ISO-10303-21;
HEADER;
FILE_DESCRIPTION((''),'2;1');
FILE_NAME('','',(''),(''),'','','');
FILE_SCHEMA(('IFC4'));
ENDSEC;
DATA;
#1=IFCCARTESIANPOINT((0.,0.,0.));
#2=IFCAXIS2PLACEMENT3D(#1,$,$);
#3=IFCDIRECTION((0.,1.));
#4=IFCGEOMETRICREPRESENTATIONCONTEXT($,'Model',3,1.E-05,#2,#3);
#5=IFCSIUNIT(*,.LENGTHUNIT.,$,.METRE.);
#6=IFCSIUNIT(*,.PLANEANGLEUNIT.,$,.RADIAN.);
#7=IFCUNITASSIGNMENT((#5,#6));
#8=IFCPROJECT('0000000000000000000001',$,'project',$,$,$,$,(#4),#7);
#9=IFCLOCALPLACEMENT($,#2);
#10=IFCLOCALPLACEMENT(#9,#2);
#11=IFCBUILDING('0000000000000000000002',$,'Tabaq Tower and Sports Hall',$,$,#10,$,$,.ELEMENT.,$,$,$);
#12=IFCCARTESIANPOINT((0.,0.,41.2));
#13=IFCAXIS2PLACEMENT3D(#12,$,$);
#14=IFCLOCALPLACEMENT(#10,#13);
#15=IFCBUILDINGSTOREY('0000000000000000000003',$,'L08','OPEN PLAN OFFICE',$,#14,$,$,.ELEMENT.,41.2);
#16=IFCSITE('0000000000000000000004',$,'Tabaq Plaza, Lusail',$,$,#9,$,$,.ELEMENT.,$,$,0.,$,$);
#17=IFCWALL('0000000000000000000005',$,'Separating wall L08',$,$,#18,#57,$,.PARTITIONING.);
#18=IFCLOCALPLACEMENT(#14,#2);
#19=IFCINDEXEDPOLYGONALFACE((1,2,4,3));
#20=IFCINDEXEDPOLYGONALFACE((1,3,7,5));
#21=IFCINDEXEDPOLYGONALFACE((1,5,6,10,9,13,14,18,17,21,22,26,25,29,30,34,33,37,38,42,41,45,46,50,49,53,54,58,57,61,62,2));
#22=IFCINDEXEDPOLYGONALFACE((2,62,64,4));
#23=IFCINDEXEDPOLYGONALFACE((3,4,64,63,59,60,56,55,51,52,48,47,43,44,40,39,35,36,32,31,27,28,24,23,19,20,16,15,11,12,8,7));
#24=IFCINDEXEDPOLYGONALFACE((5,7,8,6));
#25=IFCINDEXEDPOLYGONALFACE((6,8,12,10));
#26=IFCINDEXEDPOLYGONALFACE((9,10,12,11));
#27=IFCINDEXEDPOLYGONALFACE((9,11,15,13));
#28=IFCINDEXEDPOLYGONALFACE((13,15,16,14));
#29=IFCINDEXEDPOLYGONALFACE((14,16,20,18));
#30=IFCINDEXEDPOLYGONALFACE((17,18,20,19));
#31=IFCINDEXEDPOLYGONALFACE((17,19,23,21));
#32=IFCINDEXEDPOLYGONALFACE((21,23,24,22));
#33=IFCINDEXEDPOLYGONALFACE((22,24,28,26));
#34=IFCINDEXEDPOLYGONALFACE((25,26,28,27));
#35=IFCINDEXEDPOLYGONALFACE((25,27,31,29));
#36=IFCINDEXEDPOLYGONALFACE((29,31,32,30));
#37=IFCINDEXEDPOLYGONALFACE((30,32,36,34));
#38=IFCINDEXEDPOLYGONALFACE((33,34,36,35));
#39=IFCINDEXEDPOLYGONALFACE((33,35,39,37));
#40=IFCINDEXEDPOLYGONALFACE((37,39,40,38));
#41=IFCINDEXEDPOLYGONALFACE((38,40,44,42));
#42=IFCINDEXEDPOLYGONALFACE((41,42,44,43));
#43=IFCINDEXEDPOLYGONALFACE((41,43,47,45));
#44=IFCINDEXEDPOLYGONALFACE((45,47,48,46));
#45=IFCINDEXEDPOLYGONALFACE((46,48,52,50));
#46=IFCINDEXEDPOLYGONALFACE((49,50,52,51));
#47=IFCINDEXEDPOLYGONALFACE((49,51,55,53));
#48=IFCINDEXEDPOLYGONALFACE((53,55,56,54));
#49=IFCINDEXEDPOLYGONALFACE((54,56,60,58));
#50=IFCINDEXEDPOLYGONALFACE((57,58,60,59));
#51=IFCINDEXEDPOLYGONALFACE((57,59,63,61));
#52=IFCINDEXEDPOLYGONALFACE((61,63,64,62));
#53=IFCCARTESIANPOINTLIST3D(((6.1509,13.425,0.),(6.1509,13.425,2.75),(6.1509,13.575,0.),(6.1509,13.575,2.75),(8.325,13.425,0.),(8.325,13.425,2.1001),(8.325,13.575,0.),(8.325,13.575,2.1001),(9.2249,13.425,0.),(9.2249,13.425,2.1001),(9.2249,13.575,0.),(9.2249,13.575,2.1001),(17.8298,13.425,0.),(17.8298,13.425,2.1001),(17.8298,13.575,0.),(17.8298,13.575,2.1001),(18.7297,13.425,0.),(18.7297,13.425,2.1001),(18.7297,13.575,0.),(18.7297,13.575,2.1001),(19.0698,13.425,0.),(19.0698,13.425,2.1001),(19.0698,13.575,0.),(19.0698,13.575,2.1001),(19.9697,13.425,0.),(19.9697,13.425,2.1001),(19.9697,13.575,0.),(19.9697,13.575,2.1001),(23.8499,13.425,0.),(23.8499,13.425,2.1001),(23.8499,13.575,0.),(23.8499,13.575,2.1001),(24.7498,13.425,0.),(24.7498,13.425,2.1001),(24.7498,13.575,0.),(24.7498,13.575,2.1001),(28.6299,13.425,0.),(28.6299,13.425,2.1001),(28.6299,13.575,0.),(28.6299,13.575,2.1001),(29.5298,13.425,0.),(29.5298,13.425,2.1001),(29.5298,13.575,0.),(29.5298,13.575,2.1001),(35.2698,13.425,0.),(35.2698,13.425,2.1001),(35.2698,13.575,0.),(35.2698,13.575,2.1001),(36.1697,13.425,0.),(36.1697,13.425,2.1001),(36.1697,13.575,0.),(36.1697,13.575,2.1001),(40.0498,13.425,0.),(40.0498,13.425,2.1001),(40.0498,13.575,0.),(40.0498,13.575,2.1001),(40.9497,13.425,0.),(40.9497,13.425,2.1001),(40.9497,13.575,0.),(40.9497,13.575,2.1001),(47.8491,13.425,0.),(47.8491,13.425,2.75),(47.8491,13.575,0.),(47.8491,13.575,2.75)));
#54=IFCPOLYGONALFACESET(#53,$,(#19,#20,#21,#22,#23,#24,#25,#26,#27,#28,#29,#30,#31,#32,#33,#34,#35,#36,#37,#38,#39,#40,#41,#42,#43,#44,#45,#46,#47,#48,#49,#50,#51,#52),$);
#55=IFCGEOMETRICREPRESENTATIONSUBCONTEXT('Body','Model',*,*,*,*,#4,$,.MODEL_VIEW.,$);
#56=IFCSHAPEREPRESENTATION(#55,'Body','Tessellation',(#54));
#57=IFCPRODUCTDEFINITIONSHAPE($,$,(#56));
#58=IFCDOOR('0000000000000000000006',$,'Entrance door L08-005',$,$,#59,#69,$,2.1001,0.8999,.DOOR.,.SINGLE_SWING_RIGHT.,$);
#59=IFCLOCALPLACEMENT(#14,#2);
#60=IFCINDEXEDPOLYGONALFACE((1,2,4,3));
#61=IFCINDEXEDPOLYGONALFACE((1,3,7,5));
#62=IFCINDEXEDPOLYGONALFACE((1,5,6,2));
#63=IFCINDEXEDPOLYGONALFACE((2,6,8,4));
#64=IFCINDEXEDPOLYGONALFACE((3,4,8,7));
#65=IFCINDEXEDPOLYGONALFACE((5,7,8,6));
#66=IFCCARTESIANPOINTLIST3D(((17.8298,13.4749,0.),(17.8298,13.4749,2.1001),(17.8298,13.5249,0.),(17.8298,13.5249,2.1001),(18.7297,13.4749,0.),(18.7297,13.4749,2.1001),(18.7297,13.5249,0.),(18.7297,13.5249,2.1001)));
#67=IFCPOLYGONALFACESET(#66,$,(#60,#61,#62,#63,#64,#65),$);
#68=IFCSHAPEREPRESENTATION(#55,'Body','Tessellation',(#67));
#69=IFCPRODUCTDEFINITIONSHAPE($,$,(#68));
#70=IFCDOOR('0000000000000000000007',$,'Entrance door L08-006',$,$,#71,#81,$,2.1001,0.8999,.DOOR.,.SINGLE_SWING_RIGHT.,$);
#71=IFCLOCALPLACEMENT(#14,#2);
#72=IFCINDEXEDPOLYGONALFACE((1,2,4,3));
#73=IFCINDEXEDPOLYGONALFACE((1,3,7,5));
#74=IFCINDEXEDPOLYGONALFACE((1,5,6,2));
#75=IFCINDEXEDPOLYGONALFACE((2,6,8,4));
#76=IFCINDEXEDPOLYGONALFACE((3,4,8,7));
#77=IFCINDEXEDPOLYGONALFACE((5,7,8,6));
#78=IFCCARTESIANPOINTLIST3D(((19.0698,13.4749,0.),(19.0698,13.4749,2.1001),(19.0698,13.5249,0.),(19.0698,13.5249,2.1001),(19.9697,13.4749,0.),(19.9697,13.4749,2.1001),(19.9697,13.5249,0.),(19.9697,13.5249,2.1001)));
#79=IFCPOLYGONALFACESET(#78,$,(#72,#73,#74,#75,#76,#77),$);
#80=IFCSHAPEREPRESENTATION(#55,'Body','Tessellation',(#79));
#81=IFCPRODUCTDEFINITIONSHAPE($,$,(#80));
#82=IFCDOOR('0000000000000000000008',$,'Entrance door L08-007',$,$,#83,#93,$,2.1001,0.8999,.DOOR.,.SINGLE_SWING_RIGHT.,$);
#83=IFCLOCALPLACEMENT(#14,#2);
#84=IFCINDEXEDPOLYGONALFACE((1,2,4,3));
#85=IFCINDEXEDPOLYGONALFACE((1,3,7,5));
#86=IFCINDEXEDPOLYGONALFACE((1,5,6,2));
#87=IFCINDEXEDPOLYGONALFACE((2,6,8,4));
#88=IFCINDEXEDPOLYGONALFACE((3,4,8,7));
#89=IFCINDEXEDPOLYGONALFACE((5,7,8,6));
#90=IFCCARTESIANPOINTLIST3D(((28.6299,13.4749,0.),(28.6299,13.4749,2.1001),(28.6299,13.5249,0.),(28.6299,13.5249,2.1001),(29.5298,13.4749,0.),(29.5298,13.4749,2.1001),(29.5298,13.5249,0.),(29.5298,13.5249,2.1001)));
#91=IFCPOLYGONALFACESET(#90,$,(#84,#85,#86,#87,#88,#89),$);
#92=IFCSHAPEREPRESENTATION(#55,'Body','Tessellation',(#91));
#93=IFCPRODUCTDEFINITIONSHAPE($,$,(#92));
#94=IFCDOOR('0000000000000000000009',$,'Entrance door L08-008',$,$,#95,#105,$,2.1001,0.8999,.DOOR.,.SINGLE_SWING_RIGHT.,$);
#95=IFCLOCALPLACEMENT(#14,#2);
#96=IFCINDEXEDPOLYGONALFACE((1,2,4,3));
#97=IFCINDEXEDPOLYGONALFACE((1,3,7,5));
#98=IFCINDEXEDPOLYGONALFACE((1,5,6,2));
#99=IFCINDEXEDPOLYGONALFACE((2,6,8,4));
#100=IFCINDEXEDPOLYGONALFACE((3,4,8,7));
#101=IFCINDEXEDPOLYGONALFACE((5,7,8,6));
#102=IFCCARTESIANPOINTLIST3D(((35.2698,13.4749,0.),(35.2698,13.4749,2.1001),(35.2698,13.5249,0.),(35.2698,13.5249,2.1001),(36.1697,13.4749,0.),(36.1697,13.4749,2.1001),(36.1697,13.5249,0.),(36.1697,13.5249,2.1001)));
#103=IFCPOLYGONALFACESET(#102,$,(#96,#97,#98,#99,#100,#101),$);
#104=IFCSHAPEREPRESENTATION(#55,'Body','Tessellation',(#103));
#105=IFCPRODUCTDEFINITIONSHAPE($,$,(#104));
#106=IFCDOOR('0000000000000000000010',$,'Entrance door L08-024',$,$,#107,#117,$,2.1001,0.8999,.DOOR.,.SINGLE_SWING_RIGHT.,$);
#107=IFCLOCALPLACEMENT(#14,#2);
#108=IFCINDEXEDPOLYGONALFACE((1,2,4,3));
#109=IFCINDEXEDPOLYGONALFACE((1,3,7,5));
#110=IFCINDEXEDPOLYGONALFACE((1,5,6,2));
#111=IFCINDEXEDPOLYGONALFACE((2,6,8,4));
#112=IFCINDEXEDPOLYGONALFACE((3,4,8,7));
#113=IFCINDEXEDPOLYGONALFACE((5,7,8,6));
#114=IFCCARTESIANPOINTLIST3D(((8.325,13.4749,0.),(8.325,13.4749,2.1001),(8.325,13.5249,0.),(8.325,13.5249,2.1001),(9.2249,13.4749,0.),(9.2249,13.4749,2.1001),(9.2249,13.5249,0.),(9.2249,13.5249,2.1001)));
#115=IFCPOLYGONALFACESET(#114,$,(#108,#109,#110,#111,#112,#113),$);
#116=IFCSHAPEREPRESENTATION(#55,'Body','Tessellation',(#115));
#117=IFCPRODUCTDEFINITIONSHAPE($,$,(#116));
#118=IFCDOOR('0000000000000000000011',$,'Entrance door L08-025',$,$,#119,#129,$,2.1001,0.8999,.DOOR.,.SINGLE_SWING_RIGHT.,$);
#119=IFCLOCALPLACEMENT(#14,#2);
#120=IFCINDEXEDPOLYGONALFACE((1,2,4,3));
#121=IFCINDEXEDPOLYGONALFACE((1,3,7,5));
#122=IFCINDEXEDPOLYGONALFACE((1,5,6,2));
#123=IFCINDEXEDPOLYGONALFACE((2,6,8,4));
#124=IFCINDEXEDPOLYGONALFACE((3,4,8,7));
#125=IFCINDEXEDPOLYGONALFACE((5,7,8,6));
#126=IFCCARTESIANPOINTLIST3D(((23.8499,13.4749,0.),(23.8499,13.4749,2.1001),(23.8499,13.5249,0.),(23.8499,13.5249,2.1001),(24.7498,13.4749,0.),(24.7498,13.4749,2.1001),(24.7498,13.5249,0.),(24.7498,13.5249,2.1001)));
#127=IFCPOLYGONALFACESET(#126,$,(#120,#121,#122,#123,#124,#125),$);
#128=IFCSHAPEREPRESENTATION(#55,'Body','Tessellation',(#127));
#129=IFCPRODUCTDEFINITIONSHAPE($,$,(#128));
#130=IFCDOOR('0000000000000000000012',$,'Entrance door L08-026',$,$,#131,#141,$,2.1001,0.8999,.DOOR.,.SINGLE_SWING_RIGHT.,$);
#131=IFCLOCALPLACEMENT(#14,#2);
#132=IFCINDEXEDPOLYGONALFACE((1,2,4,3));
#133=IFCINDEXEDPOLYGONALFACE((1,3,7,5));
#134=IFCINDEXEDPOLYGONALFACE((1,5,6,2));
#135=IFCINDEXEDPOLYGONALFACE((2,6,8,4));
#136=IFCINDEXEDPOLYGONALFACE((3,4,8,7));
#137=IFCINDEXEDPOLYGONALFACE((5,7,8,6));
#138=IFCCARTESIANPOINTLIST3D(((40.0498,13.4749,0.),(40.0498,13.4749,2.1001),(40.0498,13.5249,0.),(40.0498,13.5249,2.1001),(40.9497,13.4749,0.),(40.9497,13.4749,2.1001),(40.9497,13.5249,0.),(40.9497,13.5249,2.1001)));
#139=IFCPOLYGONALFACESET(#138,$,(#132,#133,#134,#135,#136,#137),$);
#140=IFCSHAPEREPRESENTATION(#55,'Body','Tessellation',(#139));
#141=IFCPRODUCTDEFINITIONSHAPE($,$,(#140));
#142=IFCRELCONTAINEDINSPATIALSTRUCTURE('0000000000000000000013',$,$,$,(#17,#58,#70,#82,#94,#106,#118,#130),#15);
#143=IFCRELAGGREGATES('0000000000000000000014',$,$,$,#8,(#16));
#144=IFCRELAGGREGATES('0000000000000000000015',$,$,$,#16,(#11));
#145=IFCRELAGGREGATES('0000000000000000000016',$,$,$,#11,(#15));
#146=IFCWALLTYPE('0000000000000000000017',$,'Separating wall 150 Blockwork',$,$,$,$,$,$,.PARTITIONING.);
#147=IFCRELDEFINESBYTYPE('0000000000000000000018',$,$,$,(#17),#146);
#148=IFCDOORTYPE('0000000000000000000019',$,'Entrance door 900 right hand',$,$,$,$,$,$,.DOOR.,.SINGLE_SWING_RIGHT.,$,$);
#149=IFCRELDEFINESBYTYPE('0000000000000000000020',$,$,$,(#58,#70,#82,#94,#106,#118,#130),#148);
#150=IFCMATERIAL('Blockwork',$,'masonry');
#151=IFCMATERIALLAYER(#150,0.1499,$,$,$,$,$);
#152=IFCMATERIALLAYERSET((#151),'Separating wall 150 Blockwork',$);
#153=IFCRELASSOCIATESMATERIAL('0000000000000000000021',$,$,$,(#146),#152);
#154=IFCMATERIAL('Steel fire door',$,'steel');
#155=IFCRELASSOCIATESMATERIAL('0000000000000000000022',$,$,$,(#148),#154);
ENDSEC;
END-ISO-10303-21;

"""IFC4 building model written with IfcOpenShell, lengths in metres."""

from ifc_helpers import new_model, si_unit, direction, frame, frame_2d, origin, place, context, subcontext, project, spatial, rectangle, extrude, material, layer, layer_set, type_object, element, fill, save


model = new_model("IFC4")

# Units and contexts
model_context = context("Model", 3, precision=1e-05, world=origin(), true_north=direction((0.0, 1.0)))
body_context = subcontext(model_context, "Body", "Model", "MODEL_VIEW")
ifc_project = project(units=[si_unit("LENGTHUNIT", "METRE"), si_unit("PLANEANGLEUNIT", "RADIAN")], contexts=[model_context])

# Site, building, storey
site_placement = place(None, origin())
site = spatial("IfcSite", under=ifc_project, at=site_placement, Name="Tabaq Plaza, Lusail", CompositionType="ELEMENT", RefElevation=0.0)
building_placement = place(site_placement, origin())
building = spatial("IfcBuilding", under=site, at=building_placement, Name="Tabaq Tower and Sports Hall", CompositionType="ELEMENT")
storey_placement = place(building_placement, frame((0.0, 0.0, 41.2)))
storey = spatial("IfcBuildingStorey", under=building, at=storey_placement, Name="L08", Description="OPEN PLAN OFFICE", CompositionType="ELEMENT", Elevation=41.2)

# Wall, openings, doors
ifc_material_1 = material(Name="Blockwork", Category="masonry")
ifc_layer_1 = layer(ifc_material_1, 0.1499)
ifc_layer_set_1 = layer_set([ifc_layer_1], Name="Separating wall 150 Blockwork")
wall_type_1 = type_object("IfcWallType", Name="Separating wall 150 Blockwork", PredefinedType="PARTITIONING", material=ifc_layer_set_1)
wall_1_placement = place(storey_placement, frame((6.1509, 13.5, 0.0), z_axis=(0.0, 0.0, 1.0), x_axis=(1.0, 0.0, 0.0)))
wall_1 = element("IfcWall", 1, at=wall_1_placement, inside=storey, type_object=wall_type_1, Name="Separating wall L08", PredefinedType="PARTITIONING", context=body_context, shape_type="SweptSolid", body=[
    extrude(rectangle(XDim=41.6982, YDim=0.1499, at=frame_2d((20.8491, 0.0))), origin(), (0.0, 0.0, 1.0), 2.75),
])
opening_1_placement = place(wall_1_placement, frame((11.679, 0.0, 0.0)))
opening_1 = element("IfcOpeningElement", 2, at=opening_1_placement, cuts=wall_1, PredefinedType="OPENING", context=body_context, shape_type="SweptSolid", body=[
    extrude(rectangle(XDim=0.8999, YDim=2.1001, at=frame_2d((0.45, 1.05))), frame((0.0, 0.075, 0.0), z_axis=(0.0, -1.0, 0.0), x_axis=(1.0, 0.0, 0.0)), (0.0, 0.0, 1.0), 0.1499),
])
opening_2_placement = place(wall_1_placement, frame((12.9189, 0.0, 0.0)))
opening_2 = element("IfcOpeningElement", 3, at=opening_2_placement, cuts=wall_1, PredefinedType="OPENING", context=body_context, shape_type="SweptSolid", body=[
    extrude(rectangle(XDim=0.8999, YDim=2.1001, at=frame_2d((0.45, 1.05))), frame((0.0, 0.075, 0.0), z_axis=(0.0, -1.0, 0.0), x_axis=(1.0, 0.0, 0.0)), (0.0, 0.0, 1.0), 0.1499),
])
opening_3_placement = place(wall_1_placement, frame((22.479, 0.0, 0.0)))
opening_3 = element("IfcOpeningElement", 4, at=opening_3_placement, cuts=wall_1, PredefinedType="OPENING", context=body_context, shape_type="SweptSolid", body=[
    extrude(rectangle(XDim=0.8999, YDim=2.1001, at=frame_2d((0.45, 1.05))), frame((0.0, 0.075, 0.0), z_axis=(0.0, -1.0, 0.0), x_axis=(1.0, 0.0, 0.0)), (0.0, 0.0, 1.0), 0.1499),
])
opening_4_placement = place(wall_1_placement, frame((29.1189, 0.0, 0.0)))
opening_4 = element("IfcOpeningElement", 5, at=opening_4_placement, cuts=wall_1, PredefinedType="OPENING", context=body_context, shape_type="SweptSolid", body=[
    extrude(rectangle(XDim=0.8999, YDim=2.1001, at=frame_2d((0.45, 1.05))), frame((0.0, 0.075, 0.0), z_axis=(0.0, -1.0, 0.0), x_axis=(1.0, 0.0, 0.0)), (0.0, 0.0, 1.0), 0.1499),
])
opening_5_placement = place(wall_1_placement, frame((2.1741, 0.0, 0.0)))
opening_5 = element("IfcOpeningElement", 6, at=opening_5_placement, cuts=wall_1, PredefinedType="OPENING", context=body_context, shape_type="SweptSolid", body=[
    extrude(rectangle(XDim=0.8999, YDim=2.1001, at=frame_2d((0.45, 1.05))), frame((0.0, 0.075, 0.0), z_axis=(0.0, -1.0, 0.0), x_axis=(1.0, 0.0, 0.0)), (0.0, 0.0, 1.0), 0.1499),
])
opening_6_placement = place(wall_1_placement, frame((17.699, 0.0, 0.0)))
opening_6 = element("IfcOpeningElement", 7, at=opening_6_placement, cuts=wall_1, PredefinedType="OPENING", context=body_context, shape_type="SweptSolid", body=[
    extrude(rectangle(XDim=0.8999, YDim=2.1001, at=frame_2d((0.45, 1.05))), frame((0.0, 0.075, 0.0), z_axis=(0.0, -1.0, 0.0), x_axis=(1.0, 0.0, 0.0)), (0.0, 0.0, 1.0), 0.1499),
])
opening_7_placement = place(wall_1_placement, frame((33.8989, 0.0, 0.0)))
opening_7 = element("IfcOpeningElement", 8, at=opening_7_placement, cuts=wall_1, PredefinedType="OPENING", context=body_context, shape_type="SweptSolid", body=[
    extrude(rectangle(XDim=0.8999, YDim=2.1001, at=frame_2d((0.45, 1.05))), frame((0.0, 0.075, 0.0), z_axis=(0.0, -1.0, 0.0), x_axis=(1.0, 0.0, 0.0)), (0.0, 0.0, 1.0), 0.1499),
])
ifc_material_2 = material(Name="Steel fire door", Category="steel")
door_type_1 = type_object("IfcDoorType", Name="Entrance door 900 right hand", OperationType="SINGLE_SWING_RIGHT", PredefinedType="DOOR", material=ifc_material_2)
door_1_placement = place(opening_1_placement, origin())
door_1 = element("IfcDoor", 9, at=door_1_placement, inside=storey, type_object=door_type_1, Name="Entrance door L08-005", OperationType="SINGLE_SWING_RIGHT", OverallHeight=2.1001, OverallWidth=0.8999, PredefinedType="DOOR", context=body_context, shape_type="SweptSolid", body=[
    extrude(rectangle(XDim=0.8999, YDim=2.1001, at=frame_2d((0.45, 1.05))), frame((0.0, 0.0249, 0.0), z_axis=(0.0, -1.0, 0.0), x_axis=(1.0, 0.0, 0.0)), (0.0, 0.0, 1.0), 0.05),
])
fill(opening_1, door_1)
door_2_placement = place(opening_2_placement, origin())
door_2 = element("IfcDoor", 10, at=door_2_placement, inside=storey, type_object=door_type_1, Name="Entrance door L08-006", OperationType="SINGLE_SWING_RIGHT", OverallHeight=2.1001, OverallWidth=0.8999, PredefinedType="DOOR", context=body_context, shape_type="SweptSolid", body=[
    extrude(rectangle(XDim=0.8999, YDim=2.1001, at=frame_2d((0.45, 1.05))), frame((0.0, 0.0249, 0.0), z_axis=(0.0, -1.0, 0.0), x_axis=(1.0, 0.0, 0.0)), (0.0, 0.0, 1.0), 0.05),
])
fill(opening_2, door_2)
door_3_placement = place(opening_3_placement, origin())
door_3 = element("IfcDoor", 11, at=door_3_placement, inside=storey, type_object=door_type_1, Name="Entrance door L08-007", OperationType="SINGLE_SWING_RIGHT", OverallHeight=2.1001, OverallWidth=0.8999, PredefinedType="DOOR", context=body_context, shape_type="SweptSolid", body=[
    extrude(rectangle(XDim=0.8999, YDim=2.1001, at=frame_2d((0.45, 1.05))), frame((0.0, 0.0249, 0.0), z_axis=(0.0, -1.0, 0.0), x_axis=(1.0, 0.0, 0.0)), (0.0, 0.0, 1.0), 0.05),
])
fill(opening_3, door_3)
door_4_placement = place(opening_4_placement, origin())
door_4 = element("IfcDoor", 12, at=door_4_placement, inside=storey, type_object=door_type_1, Name="Entrance door L08-008", OperationType="SINGLE_SWING_RIGHT", OverallHeight=2.1001, OverallWidth=0.8999, PredefinedType="DOOR", context=body_context, shape_type="SweptSolid", body=[
    extrude(rectangle(XDim=0.8999, YDim=2.1001, at=frame_2d((0.45, 1.05))), frame((0.0, 0.0249, 0.0), z_axis=(0.0, -1.0, 0.0), x_axis=(1.0, 0.0, 0.0)), (0.0, 0.0, 1.0), 0.05),
])
fill(opening_4, door_4)
door_5_placement = place(opening_5_placement, origin())
door_5 = element("IfcDoor", 13, at=door_5_placement, inside=storey, type_object=door_type_1, Name="Entrance door L08-024", OperationType="SINGLE_SWING_RIGHT", OverallHeight=2.1001, OverallWidth=0.8999, PredefinedType="DOOR", context=body_context, shape_type="SweptSolid", body=[
    extrude(rectangle(XDim=0.8999, YDim=2.1001, at=frame_2d((0.45, 1.05))), frame((0.0, 0.0249, 0.0), z_axis=(0.0, -1.0, 0.0), x_axis=(1.0, 0.0, 0.0)), (0.0, 0.0, 1.0), 0.05),
])
fill(opening_5, door_5)
door_6_placement = place(opening_6_placement, origin())
door_6 = element("IfcDoor", 14, at=door_6_placement, inside=storey, type_object=door_type_1, Name="Entrance door L08-025", OperationType="SINGLE_SWING_RIGHT", OverallHeight=2.1001, OverallWidth=0.8999, PredefinedType="DOOR", context=body_context, shape_type="SweptSolid", body=[
    extrude(rectangle(XDim=0.8999, YDim=2.1001, at=frame_2d((0.45, 1.05))), frame((0.0, 0.0249, 0.0), z_axis=(0.0, -1.0, 0.0), x_axis=(1.0, 0.0, 0.0)), (0.0, 0.0, 1.0), 0.05),
])
fill(opening_6, door_6)
door_7_placement = place(opening_7_placement, origin())
door_7 = element("IfcDoor", 15, at=door_7_placement, inside=storey, type_object=door_type_1, Name="Entrance door L08-026", OperationType="SINGLE_SWING_RIGHT", OverallHeight=2.1001, OverallWidth=0.8999, PredefinedType="DOOR", context=body_context, shape_type="SweptSolid", body=[
    extrude(rectangle(XDim=0.8999, YDim=2.1001, at=frame_2d((0.45, 1.05))), frame((0.0, 0.0249, 0.0), z_axis=(0.0, -1.0, 0.0), x_axis=(1.0, 0.0, 0.0)), (0.0, 0.0, 1.0), 0.05),
])
fill(opening_7, door_7)

save(model, "model.ifc")
